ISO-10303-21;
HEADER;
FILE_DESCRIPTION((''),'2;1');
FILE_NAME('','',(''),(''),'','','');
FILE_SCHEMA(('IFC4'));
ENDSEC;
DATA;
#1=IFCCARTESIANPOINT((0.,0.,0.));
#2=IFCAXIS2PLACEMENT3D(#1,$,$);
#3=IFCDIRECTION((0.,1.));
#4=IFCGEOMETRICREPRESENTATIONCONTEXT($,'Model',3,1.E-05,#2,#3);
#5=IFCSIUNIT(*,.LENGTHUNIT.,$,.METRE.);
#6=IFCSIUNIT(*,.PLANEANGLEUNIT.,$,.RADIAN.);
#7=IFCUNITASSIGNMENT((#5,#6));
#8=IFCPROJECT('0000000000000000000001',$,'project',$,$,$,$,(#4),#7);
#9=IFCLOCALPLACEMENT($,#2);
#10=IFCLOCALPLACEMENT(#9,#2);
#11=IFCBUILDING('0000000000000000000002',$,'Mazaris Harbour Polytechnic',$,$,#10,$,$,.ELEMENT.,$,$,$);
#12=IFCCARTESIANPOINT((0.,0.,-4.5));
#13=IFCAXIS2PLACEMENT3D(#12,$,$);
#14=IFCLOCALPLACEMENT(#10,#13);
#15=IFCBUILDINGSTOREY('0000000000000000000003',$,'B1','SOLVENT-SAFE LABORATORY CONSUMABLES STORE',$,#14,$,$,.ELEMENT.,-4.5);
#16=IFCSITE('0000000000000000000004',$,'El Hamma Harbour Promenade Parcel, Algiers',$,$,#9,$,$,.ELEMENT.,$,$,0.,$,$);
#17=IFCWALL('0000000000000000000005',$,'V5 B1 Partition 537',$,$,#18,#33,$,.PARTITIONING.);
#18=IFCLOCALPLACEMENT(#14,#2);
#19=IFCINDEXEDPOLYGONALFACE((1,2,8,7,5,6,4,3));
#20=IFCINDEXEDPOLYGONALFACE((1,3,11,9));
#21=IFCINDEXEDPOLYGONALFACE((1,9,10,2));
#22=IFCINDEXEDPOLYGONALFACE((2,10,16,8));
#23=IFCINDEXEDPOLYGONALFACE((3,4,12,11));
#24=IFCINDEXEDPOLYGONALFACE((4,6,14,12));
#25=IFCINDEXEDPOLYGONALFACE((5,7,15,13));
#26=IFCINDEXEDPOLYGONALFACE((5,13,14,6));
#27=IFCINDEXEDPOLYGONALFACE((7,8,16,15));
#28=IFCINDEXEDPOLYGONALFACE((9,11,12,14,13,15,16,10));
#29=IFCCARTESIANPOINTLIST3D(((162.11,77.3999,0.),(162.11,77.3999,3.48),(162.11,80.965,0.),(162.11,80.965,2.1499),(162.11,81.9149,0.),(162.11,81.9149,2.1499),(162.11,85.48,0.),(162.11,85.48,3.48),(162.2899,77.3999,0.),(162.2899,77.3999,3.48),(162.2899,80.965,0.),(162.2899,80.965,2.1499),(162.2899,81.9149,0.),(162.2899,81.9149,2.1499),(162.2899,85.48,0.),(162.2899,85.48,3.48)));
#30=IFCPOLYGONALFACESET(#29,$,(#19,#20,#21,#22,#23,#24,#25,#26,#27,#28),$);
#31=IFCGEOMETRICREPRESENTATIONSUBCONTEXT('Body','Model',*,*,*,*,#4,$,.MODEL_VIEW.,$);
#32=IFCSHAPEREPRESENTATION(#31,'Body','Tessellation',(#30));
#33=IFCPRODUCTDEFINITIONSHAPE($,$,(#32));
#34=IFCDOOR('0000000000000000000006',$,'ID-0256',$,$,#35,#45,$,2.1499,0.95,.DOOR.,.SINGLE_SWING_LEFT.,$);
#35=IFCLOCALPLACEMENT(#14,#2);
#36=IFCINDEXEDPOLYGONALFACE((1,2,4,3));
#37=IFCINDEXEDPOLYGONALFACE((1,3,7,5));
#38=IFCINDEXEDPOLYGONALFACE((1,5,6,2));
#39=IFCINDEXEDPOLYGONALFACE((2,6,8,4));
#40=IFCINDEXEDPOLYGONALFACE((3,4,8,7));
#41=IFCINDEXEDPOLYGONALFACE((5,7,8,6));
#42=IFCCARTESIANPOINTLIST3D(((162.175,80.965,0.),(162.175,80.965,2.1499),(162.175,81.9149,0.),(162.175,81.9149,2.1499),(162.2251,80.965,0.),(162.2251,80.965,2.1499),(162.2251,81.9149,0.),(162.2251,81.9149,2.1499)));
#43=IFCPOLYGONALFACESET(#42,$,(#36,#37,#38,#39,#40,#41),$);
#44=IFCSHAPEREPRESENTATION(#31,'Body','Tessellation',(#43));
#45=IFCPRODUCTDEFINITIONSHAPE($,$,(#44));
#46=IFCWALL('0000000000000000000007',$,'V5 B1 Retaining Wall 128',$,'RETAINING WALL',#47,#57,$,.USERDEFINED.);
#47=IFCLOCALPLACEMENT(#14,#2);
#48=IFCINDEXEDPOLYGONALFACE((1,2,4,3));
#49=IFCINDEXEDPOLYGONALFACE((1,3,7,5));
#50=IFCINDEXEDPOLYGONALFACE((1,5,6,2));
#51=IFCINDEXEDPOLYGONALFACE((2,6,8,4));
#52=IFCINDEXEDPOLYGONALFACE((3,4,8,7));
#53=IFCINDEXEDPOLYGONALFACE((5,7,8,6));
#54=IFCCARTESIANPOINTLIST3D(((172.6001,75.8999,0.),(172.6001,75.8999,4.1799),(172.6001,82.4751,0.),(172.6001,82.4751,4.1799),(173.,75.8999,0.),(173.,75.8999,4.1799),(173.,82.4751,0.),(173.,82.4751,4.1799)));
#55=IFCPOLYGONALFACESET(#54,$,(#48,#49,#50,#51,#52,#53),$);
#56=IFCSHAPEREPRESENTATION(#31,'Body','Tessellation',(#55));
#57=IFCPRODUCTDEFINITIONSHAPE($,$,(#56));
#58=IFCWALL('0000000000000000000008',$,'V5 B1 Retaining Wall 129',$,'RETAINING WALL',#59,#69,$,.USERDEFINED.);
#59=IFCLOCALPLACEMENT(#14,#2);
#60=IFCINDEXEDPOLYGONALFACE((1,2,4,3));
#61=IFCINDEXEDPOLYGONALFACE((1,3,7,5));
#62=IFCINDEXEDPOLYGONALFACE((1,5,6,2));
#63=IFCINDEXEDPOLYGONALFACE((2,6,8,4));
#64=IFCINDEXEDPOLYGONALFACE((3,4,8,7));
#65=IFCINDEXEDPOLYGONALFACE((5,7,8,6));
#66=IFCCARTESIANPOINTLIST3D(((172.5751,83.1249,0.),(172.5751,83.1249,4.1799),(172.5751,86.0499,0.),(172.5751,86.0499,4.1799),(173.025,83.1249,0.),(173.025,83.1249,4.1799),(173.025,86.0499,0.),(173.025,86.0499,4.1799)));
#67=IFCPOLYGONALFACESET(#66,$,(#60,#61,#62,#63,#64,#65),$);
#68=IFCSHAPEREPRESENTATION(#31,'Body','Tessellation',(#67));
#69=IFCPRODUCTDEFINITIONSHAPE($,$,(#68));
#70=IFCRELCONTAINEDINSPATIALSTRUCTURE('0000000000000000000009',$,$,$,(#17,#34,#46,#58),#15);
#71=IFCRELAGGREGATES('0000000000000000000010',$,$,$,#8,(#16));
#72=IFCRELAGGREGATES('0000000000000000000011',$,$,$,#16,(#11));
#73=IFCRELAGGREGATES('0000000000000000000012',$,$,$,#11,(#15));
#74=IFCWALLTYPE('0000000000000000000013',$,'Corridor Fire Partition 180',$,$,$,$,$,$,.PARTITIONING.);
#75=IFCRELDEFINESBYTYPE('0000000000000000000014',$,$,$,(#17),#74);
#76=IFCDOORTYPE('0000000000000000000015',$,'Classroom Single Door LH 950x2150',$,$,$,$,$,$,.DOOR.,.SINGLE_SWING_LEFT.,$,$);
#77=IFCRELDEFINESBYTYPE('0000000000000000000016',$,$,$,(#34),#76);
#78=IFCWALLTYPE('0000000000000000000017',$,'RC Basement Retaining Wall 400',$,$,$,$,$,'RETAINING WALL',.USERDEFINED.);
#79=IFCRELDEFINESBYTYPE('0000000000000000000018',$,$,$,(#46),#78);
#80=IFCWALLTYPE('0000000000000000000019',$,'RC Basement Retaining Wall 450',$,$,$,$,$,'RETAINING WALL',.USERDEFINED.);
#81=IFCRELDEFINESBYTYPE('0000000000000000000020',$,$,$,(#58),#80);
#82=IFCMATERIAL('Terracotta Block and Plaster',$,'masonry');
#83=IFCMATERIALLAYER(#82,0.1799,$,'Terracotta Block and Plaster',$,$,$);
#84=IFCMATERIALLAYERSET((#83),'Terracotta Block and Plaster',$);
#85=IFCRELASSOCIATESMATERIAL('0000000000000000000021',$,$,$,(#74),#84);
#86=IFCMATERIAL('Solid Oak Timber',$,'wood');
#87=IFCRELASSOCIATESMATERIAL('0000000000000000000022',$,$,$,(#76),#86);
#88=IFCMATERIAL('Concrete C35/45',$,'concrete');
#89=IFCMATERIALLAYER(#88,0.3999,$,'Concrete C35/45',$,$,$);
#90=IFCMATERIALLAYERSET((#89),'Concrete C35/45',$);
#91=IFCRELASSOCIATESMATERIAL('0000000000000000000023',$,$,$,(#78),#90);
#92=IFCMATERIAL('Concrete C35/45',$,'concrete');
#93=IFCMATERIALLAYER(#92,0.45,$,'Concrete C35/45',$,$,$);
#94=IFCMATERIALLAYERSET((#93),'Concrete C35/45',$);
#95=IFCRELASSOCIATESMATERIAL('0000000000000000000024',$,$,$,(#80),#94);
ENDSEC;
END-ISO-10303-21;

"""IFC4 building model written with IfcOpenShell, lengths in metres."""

from ifc_helpers import new_model, si_unit, direction, frame, frame_2d, origin, place, context, subcontext, project, spatial, rectangle, extrude, material, layer, layer_set, type_object, element, fill, save


model = new_model("IFC4")

# Units and contexts
model_context = context("Model", 3, precision=1e-05, world=origin(), true_north=direction((0.0, 1.0)))
body_context = subcontext(model_context, "Body", "Model", "MODEL_VIEW")
ifc_project = project(units=[si_unit("LENGTHUNIT", "METRE"), si_unit("PLANEANGLEUNIT", "RADIAN")], contexts=[model_context])

# Site, building, storey
site_placement = place(None, origin())
site = spatial("IfcSite", under=ifc_project, at=site_placement, Name="El Hamma Harbour Promenade Parcel, Algiers", CompositionType="ELEMENT", RefElevation=0.0)
building_placement = place(site_placement, origin())
building = spatial("IfcBuilding", under=site, at=building_placement, Name="Mazaris Harbour Polytechnic", CompositionType="ELEMENT")
storey_placement = place(building_placement, frame((0.0, 0.0, -4.5)))
storey = spatial("IfcBuildingStorey", under=building, at=storey_placement, Name="B1", Description="SOLVENT-SAFE LABORATORY CONSUMABLES STORE", CompositionType="ELEMENT", Elevation=-4.5)

# Wall, opening, door
ifc_material_1 = material(Name="Terracotta Block and Plaster", Category="masonry")
ifc_layer_1 = layer(ifc_material_1, 0.1799, Name="Terracotta Block and Plaster")
ifc_layer_set_1 = layer_set([ifc_layer_1], Name="Terracotta Block and Plaster")
wall_type_1 = type_object("IfcWallType", Name="Corridor Fire Partition 180", PredefinedType="PARTITIONING", material=ifc_layer_set_1)
wall_1_placement = place(storey_placement, frame((162.2, 77.3999, 0.0), z_axis=(0.0, 0.0, 1.0), x_axis=(0.0, 1.0, 0.0)))
wall_1 = element("IfcWall", 1, at=wall_1_placement, inside=storey, type_object=wall_type_1, Name="V5 B1 Partition 537", PredefinedType="PARTITIONING", context=body_context, shape_type="SweptSolid", body=[
    extrude(rectangle(XDim=8.0801, YDim=0.1799, at=frame_2d((4.04, 0.0))), origin(), (0.0, 0.0, 1.0), 3.48),
])
opening_placement = place(wall_1_placement, frame((3.5649, 0.0, 0.0)))
opening = element("IfcOpeningElement", 2, at=opening_placement, cuts=wall_1, PredefinedType="OPENING", context=body_context, shape_type="SweptSolid", body=[
    extrude(rectangle(XDim=0.95, YDim=2.1499, at=frame_2d((0.4751, 1.075))), frame((0.0, 0.0999, 0.0), z_axis=(0.0, -1.0, 0.0), x_axis=(1.0, 0.0, 0.0)), (0.0, 0.0, 1.0), 0.2),
])
ifc_material_2 = material(Name="Solid Oak Timber", Category="wood")
door_type = type_object("IfcDoorType", Name="Classroom Single Door LH 950x2150", OperationType="SINGLE_SWING_LEFT", PredefinedType="DOOR", material=ifc_material_2)
door_placement = place(opening_placement, origin())
door = element("IfcDoor", 3, at=door_placement, inside=storey, type_object=door_type, Name="ID-0256", OperationType="SINGLE_SWING_LEFT", OverallHeight=2.1499, OverallWidth=0.95, PredefinedType="DOOR", context=body_context, shape_type="SweptSolid", body=[
    extrude(rectangle(XDim=0.95, YDim=2.1499, at=frame_2d((0.4751, 1.075))), frame((0.0, 0.0249, 0.0), z_axis=(0.0, -1.0, 0.0), x_axis=(1.0, 0.0, 0.0)), (0.0, 0.0, 1.0), 0.05),
])
fill(opening, door)

# Walls
ifc_material_3 = material(Name="Concrete C35/45", Category="concrete")
ifc_layer_2 = layer(ifc_material_3, 0.3999, Name="Concrete C35/45")
ifc_layer_set_2 = layer_set([ifc_layer_2], Name="Concrete C35/45")
wall_type_2 = type_object("IfcWallType", Name="RC Basement Retaining Wall 400", ElementType="RETAINING WALL", PredefinedType="USERDEFINED", material=ifc_layer_set_2)
wall_2_placement = place(storey_placement, frame((172.8, 75.8999, 0.0), z_axis=(0.0, 0.0, 1.0), x_axis=(0.0, 1.0, 0.0)))
element("IfcWall", 4, at=wall_2_placement, inside=storey, type_object=wall_type_2, Name="V5 B1 Retaining Wall 128", ObjectType="RETAINING WALL", PredefinedType="USERDEFINED", context=body_context, shape_type="SweptSolid", body=[
    extrude(rectangle(XDim=6.5752, YDim=0.3999, at=frame_2d((3.2876, 0.0))), origin(), (0.0, 0.0, 1.0), 4.1799),
])
ifc_material_4 = material(Name="Concrete C35/45", Category="concrete")
ifc_layer_3 = layer(ifc_material_4, 0.45, Name="Concrete C35/45")
ifc_layer_set_3 = layer_set([ifc_layer_3], Name="Concrete C35/45")
wall_type_3 = type_object("IfcWallType", Name="RC Basement Retaining Wall 450", ElementType="RETAINING WALL", PredefinedType="USERDEFINED", material=ifc_layer_set_3)
wall_3_placement = place(storey_placement, frame((172.8, 83.125, 0.0), z_axis=(0.0, 0.0, 1.0), x_axis=(0.0, 1.0, 0.0)))
element("IfcWall", 5, at=wall_3_placement, inside=storey, type_object=wall_type_3, Name="V5 B1 Retaining Wall 129", ObjectType="RETAINING WALL", PredefinedType="USERDEFINED", context=body_context, shape_type="SweptSolid", body=[
    extrude(rectangle(XDim=2.925, YDim=0.45, at=frame_2d((1.4624, 0.0))), origin(), (0.0, 0.0, 1.0), 4.1799),
])

save(model, "model.ifc")
